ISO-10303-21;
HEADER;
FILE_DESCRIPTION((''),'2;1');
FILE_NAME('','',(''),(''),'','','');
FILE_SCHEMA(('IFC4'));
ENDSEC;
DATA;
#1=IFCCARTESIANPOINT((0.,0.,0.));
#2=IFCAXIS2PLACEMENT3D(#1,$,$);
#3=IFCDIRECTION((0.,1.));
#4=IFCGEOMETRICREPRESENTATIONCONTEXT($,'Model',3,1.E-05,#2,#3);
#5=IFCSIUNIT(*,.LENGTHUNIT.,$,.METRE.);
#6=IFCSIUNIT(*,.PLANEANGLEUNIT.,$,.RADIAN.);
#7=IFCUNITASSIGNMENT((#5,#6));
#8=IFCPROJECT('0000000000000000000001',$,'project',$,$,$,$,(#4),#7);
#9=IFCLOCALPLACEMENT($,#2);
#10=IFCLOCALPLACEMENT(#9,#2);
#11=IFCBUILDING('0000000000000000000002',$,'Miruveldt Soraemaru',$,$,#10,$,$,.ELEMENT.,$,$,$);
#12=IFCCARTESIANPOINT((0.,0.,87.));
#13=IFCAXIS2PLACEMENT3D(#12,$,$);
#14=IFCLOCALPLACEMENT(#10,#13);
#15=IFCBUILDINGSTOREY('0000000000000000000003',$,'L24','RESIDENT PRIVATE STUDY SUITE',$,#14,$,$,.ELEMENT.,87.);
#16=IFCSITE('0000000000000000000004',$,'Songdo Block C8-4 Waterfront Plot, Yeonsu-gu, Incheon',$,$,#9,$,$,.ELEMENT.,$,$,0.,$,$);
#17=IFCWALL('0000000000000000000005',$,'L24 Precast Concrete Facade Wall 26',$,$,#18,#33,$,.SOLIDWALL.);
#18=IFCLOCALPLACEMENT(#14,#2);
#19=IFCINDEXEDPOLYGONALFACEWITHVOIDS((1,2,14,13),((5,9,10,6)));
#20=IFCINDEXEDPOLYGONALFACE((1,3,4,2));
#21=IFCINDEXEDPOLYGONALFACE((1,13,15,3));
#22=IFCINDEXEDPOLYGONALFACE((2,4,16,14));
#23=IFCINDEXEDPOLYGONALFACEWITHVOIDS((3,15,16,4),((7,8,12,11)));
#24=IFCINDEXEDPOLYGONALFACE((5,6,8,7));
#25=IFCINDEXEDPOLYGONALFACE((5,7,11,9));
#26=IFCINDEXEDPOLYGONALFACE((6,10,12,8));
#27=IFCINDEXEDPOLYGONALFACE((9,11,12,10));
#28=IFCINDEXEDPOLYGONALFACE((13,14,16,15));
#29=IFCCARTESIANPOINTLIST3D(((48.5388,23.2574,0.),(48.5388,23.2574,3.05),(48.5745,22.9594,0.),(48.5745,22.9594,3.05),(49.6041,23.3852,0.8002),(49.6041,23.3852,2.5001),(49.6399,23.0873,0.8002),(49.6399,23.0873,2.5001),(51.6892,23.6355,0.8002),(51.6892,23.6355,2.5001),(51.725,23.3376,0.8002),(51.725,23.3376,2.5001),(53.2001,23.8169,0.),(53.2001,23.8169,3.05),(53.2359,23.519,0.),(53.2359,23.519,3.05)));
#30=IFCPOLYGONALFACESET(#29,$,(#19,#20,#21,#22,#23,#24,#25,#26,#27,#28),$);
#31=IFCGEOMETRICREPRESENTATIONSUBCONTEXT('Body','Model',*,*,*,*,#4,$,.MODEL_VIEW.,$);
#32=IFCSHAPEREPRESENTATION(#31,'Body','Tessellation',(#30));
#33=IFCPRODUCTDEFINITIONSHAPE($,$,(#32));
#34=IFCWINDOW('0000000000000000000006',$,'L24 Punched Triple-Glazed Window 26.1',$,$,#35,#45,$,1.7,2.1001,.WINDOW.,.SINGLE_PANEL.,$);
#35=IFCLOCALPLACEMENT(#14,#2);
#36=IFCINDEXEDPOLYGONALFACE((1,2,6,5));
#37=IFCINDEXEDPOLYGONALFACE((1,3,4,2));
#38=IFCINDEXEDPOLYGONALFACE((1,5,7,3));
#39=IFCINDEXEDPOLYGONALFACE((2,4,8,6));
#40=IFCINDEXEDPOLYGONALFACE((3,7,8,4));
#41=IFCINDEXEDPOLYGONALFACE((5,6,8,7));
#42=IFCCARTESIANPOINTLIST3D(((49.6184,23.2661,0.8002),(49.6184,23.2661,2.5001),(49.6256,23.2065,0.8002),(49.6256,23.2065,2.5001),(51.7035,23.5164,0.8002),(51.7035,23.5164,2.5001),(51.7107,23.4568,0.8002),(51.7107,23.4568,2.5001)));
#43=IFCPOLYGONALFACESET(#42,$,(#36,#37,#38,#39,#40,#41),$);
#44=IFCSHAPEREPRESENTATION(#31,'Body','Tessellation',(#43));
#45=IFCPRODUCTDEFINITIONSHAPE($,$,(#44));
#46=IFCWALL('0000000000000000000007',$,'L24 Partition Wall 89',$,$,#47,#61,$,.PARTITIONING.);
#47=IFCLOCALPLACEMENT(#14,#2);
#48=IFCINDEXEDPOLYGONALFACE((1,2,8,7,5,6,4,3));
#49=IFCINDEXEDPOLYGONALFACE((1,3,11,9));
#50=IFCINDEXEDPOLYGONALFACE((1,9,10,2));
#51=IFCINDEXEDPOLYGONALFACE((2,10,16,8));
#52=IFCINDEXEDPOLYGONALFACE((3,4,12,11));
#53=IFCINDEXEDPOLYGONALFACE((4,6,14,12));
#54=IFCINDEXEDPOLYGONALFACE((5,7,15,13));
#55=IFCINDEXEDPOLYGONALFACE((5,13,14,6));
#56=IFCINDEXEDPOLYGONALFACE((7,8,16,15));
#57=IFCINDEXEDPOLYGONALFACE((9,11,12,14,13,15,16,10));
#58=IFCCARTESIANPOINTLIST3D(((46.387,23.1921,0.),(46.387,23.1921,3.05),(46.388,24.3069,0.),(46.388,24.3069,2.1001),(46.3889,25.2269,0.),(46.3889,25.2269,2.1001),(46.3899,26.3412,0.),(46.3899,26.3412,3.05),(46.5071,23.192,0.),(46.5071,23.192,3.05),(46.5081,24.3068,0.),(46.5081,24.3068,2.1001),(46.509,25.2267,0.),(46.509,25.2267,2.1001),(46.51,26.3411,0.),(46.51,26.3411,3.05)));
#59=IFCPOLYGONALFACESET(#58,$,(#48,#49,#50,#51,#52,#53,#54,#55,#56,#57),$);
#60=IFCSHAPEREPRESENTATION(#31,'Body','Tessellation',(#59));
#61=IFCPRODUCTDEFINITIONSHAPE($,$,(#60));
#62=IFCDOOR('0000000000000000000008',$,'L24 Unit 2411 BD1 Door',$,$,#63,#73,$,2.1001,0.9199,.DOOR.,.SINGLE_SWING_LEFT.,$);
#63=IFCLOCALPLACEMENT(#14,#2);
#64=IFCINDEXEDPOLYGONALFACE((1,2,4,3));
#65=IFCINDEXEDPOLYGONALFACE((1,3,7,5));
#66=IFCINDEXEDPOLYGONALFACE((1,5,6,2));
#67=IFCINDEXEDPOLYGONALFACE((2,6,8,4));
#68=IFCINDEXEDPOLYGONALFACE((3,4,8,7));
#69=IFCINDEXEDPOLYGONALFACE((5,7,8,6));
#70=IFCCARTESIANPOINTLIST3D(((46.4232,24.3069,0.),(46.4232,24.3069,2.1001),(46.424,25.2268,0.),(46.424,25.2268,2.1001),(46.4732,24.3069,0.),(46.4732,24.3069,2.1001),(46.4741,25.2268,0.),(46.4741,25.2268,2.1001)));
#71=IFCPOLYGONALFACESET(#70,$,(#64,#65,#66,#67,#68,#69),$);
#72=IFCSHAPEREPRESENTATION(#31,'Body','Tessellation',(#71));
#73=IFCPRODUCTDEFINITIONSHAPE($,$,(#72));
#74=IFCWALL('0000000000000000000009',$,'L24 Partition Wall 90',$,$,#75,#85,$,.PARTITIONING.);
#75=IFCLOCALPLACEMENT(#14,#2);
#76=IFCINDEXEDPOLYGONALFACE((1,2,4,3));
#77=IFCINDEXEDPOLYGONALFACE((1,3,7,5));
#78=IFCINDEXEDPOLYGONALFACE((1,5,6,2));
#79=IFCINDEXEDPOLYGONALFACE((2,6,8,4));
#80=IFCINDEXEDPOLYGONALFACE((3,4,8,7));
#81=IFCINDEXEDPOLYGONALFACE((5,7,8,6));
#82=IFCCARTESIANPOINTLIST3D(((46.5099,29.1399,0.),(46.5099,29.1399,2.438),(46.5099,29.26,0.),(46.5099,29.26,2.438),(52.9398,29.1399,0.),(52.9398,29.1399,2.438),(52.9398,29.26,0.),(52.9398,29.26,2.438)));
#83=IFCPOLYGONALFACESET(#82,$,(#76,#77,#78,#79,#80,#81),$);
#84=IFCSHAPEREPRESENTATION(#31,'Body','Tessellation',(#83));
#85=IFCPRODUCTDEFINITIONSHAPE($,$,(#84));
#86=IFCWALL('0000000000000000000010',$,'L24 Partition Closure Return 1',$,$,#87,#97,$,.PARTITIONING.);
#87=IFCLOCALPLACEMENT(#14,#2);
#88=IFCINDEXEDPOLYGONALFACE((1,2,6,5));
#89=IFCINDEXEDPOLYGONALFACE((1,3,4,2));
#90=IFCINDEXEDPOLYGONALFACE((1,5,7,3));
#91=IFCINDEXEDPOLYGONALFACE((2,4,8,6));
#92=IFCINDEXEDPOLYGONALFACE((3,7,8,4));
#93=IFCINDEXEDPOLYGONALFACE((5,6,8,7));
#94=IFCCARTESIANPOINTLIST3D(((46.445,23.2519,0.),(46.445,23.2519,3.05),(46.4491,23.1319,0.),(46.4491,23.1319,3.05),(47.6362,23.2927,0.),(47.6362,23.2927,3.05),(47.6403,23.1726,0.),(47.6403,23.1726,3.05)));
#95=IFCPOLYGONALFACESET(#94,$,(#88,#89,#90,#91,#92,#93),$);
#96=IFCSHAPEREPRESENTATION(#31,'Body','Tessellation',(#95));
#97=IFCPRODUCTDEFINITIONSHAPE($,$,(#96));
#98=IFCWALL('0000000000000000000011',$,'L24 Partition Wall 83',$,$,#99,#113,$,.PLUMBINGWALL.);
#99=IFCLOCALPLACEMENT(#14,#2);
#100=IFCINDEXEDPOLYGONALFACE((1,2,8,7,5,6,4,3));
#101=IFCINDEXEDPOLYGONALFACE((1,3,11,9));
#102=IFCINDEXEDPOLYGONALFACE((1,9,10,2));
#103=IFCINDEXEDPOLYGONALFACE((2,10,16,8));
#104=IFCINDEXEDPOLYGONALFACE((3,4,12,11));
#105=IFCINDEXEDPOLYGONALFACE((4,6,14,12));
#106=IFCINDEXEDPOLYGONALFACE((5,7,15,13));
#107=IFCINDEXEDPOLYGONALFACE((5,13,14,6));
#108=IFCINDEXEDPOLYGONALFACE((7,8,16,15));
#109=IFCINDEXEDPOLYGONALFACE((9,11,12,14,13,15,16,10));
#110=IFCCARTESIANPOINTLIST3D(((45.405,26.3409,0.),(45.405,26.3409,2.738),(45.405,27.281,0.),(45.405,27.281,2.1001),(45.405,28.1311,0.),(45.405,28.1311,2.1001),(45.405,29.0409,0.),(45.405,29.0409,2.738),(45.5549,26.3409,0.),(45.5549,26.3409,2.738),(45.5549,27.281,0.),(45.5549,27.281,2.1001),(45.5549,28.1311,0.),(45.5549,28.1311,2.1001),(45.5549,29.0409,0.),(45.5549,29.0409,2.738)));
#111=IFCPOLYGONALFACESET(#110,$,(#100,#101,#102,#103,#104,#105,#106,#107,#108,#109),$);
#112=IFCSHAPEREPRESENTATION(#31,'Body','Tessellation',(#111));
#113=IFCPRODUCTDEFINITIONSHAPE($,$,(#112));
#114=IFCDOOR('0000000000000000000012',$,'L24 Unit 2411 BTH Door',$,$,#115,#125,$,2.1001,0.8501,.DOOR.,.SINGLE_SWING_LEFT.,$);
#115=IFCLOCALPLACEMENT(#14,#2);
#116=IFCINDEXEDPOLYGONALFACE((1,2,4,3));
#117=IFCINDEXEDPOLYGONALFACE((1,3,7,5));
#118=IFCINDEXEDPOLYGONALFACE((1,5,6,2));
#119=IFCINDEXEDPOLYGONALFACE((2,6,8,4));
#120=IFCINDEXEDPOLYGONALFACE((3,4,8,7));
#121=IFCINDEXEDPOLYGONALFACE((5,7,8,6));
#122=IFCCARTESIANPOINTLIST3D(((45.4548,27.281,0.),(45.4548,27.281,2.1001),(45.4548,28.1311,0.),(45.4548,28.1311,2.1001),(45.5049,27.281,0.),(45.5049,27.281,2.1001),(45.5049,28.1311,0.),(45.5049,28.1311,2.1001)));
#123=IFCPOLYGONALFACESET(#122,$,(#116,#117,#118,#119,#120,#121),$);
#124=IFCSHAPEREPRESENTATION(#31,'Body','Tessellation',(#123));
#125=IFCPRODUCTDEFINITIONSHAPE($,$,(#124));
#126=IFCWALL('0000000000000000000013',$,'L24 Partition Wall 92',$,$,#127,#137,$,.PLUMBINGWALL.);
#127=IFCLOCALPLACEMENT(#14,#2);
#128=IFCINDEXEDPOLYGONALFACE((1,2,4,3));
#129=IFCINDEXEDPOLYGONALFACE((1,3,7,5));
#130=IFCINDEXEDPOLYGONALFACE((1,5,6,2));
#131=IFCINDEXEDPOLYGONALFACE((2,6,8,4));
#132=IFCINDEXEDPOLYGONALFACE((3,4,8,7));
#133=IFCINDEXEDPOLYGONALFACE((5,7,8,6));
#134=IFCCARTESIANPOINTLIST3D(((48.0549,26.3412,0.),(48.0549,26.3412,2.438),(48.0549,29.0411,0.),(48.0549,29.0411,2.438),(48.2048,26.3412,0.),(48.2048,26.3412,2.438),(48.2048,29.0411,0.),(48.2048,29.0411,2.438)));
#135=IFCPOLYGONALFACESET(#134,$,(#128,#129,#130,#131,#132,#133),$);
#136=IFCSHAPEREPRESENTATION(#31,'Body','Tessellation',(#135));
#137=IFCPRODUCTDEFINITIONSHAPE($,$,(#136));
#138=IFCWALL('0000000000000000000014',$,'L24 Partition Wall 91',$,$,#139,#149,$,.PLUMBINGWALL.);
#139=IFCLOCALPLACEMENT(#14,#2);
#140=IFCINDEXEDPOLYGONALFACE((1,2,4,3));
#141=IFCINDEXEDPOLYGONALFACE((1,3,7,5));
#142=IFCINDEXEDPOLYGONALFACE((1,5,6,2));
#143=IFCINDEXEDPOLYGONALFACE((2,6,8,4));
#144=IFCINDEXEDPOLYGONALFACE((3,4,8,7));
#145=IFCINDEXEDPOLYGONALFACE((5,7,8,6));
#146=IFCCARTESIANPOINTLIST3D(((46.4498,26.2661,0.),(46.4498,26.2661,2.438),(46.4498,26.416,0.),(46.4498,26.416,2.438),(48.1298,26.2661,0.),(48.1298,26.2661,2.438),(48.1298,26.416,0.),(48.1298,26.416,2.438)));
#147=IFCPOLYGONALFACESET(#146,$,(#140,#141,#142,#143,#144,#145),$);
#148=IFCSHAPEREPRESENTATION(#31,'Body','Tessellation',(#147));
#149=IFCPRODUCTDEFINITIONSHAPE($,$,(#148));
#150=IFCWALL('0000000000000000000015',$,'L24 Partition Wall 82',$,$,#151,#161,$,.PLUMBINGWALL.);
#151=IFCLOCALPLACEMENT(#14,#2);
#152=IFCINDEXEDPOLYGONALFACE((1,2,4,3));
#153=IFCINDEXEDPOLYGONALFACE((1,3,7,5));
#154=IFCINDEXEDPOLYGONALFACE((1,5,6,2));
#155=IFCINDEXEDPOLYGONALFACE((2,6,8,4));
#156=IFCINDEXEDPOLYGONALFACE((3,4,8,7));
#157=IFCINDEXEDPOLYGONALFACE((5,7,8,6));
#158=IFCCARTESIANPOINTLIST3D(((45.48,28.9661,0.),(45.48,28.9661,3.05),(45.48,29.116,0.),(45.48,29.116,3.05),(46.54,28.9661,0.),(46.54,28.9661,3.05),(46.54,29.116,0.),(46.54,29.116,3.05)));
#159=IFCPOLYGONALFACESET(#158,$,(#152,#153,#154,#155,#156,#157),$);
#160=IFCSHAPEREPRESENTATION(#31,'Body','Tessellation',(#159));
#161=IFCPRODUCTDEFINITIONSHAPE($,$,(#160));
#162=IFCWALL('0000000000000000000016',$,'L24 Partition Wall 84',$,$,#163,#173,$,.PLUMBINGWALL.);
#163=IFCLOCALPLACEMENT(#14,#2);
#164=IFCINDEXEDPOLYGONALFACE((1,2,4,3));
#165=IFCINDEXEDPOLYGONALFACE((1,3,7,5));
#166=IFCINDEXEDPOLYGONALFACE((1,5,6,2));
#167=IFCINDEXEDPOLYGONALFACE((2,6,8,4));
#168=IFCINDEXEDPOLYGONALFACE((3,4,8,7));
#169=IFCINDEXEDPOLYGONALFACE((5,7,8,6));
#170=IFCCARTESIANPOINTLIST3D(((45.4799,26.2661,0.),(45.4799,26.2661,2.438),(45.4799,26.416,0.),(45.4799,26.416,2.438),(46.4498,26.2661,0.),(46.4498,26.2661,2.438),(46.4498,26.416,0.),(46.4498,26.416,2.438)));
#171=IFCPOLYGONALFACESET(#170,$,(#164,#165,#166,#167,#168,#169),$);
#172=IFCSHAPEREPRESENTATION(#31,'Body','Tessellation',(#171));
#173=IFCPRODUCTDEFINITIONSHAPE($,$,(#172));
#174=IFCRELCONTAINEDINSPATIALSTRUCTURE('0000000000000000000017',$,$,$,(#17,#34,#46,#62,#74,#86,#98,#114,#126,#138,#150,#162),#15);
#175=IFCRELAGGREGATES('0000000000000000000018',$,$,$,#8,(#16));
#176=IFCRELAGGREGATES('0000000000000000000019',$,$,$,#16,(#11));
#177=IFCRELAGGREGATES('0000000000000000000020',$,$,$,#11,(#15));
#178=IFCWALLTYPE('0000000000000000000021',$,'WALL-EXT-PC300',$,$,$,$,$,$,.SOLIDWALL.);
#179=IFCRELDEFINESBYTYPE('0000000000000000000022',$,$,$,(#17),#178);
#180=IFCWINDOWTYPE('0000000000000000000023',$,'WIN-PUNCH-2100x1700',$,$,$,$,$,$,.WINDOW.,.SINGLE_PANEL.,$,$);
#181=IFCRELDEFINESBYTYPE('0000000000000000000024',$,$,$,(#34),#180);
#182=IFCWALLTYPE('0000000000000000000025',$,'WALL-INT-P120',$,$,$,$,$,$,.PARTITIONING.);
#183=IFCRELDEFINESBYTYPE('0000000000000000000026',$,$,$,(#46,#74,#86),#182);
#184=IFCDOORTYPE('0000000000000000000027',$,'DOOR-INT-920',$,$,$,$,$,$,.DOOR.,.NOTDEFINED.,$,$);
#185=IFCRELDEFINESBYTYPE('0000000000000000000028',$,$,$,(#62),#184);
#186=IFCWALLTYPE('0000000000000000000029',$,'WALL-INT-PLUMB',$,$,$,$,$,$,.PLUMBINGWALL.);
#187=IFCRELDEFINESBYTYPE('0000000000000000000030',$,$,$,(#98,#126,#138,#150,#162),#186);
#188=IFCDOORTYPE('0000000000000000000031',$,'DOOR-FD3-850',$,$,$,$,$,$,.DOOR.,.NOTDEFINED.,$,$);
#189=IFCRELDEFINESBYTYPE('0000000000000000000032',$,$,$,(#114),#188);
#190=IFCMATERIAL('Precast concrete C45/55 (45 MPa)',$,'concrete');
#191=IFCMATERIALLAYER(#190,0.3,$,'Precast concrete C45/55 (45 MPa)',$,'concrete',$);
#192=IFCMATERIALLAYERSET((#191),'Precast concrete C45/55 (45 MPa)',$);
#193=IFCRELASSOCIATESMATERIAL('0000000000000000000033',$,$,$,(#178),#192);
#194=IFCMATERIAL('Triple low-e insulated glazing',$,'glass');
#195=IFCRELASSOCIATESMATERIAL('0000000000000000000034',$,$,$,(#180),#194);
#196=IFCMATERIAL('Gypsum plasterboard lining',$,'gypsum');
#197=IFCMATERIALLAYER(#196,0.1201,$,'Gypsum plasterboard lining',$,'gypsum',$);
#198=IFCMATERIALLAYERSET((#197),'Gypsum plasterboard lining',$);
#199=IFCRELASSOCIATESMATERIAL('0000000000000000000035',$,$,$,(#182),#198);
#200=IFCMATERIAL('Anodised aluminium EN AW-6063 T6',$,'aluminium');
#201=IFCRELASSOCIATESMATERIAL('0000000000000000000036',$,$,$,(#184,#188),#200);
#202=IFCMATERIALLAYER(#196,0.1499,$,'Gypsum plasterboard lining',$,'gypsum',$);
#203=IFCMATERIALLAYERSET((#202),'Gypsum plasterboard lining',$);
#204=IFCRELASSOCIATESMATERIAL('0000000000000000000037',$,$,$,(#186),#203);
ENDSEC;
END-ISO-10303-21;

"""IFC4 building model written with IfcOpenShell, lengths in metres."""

from ifc_helpers import new_model, si_unit, direction, frame, frame_2d, origin, place, context, subcontext, project, spatial, rectangle, extrude, material, layer, layer_set, type_object, element, fill, save


model = new_model("IFC4")

# Units and contexts
model_context = context("Model", 3, precision=1e-05, world=origin(), true_north=direction((0.0, 1.0)))
body_context = subcontext(model_context, "Body", "Model", "MODEL_VIEW")
ifc_project = project(units=[si_unit("LENGTHUNIT", "METRE"), si_unit("PLANEANGLEUNIT", "RADIAN")], contexts=[model_context])

# Site, building, storey
site_placement = place(None, origin())
site = spatial("IfcSite", under=ifc_project, at=site_placement, Name="Songdo Block C8-4 Waterfront Plot, Yeonsu-gu, Incheon", CompositionType="ELEMENT", RefElevation=0.0)
building_placement = place(site_placement, origin())
building = spatial("IfcBuilding", under=site, at=building_placement, Name="Miruveldt Soraemaru", CompositionType="ELEMENT")
storey_placement = place(building_placement, frame((0.0, 0.0, 87.0)))
storey = spatial("IfcBuildingStorey", under=building, at=storey_placement, Name="L24", Description="RESIDENT PRIVATE STUDY SUITE", CompositionType="ELEMENT", Elevation=87.0)

# Shared definitions
ifc_material_1 = material(Name="Anodised aluminium EN AW-6063 T6", Category="aluminium")

# Shared definitions
ifc_material_2 = material(Name="Triple low-e insulated glazing", Category="glass")

# Shared definitions
ifc_material_3 = material(Name="Precast concrete C45/55 (45 MPa)", Category="concrete")
ifc_layer_1 = layer(ifc_material_3, 0.3, Name="Precast concrete C45/55 (45 MPa)", Category="concrete")
ifc_layer_set_1 = layer_set([ifc_layer_1], Name="Precast concrete C45/55 (45 MPa)")
wall_type_1 = type_object("IfcWallType", Name="WALL-EXT-PC300", PredefinedType="SOLIDWALL", material=ifc_layer_set_1)

# Wall, opening, window
wall_1_placement = place(storey_placement, frame((48.5566, 23.1084, 0.0), z_axis=(0.0, 0.0, 1.0), x_axis=(0.992872, 0.119188, 0.0)))
wall_1 = element("IfcWall", 1, at=wall_1_placement, inside=storey, type_object=wall_type_1, Name="L24 Precast Concrete Facade Wall 26", PredefinedType="SOLIDWALL", context=body_context, shape_type="SweptSolid", body=[
    extrude(rectangle(XDim=4.6948, YDim=0.3, at=frame_2d((2.3474, 0.0))), origin(), (0.0, 0.0, 1.0), 3.05),
])
opening_1_placement = place(wall_1_placement, frame((1.073, 0.0, 0.8)))
opening_1 = element("IfcOpeningElement", 2, at=opening_1_placement, cuts=wall_1, PredefinedType="OPENING", context=body_context, shape_type="SweptSolid", body=[
    extrude(rectangle(XDim=2.1001, YDim=1.7, at=frame_2d((1.05, 0.8501))), frame((0.0, 0.1602, 0.0), z_axis=(0.0, -1.0, 0.0), x_axis=(1.0, 0.0, 0.0)), (0.0, 0.0, 1.0), 0.3201),
])
window_type_1 = type_object("IfcWindowType", Name="WIN-PUNCH-2100x1700", PartitioningType="SINGLE_PANEL", PredefinedType="WINDOW", material=ifc_material_2)
window_1_placement = place(opening_1_placement, origin())
window_1 = element("IfcWindow", 3, at=window_1_placement, inside=storey, type_object=window_type_1, Name="L24 Punched Triple-Glazed Window 26.1", OverallHeight=1.7, OverallWidth=2.1001, PartitioningType="SINGLE_PANEL", PredefinedType="WINDOW", context=body_context, shape_type="SweptSolid", body=[
    extrude(rectangle(XDim=2.1001, YDim=1.7, at=frame_2d((1.05, 0.8501))), frame((0.0, 0.03, 0.0), z_axis=(0.0, -1.0, 0.0), x_axis=(1.0, 0.0, 0.0)), (0.0, 0.0, 1.0), 0.0601),
])
fill(opening_1, window_1)

# Wall, opening, door
ifc_material_4 = material(Name="Gypsum plasterboard lining", Category="gypsum")
ifc_layer_2 = layer(ifc_material_4, 0.1201, Name="Gypsum plasterboard lining", Category="gypsum")
ifc_layer_set_2 = layer_set([ifc_layer_2], Name="Gypsum plasterboard lining")
wall_type_2 = type_object("IfcWallType", Name="WALL-INT-P120", PredefinedType="PARTITIONING", material=ifc_layer_set_2)
wall_2_placement = place(storey_placement, frame((46.447, 23.1919, 0.0), z_axis=(0.0, 0.0, 1.0), x_axis=(0.00093, 1.0, 0.0)))
wall_2 = element("IfcWall", 4, at=wall_2_placement, inside=storey, type_object=wall_type_2, Name="L24 Partition Wall 89", PredefinedType="PARTITIONING", context=body_context, shape_type="SweptSolid", body=[
    extrude(rectangle(XDim=3.1492, YDim=0.1201, at=frame_2d((1.5747, 0.0))), origin(), (0.0, 0.0, 1.0), 3.05),
])
opening_2_placement = place(wall_2_placement, frame((1.115, 0.0, 0.0)))
opening_2 = element("IfcOpeningElement", 5, at=opening_2_placement, cuts=wall_2, PredefinedType="OPENING", context=body_context, shape_type="SweptSolid", body=[
    extrude(rectangle(XDim=0.9199, YDim=2.1001, at=frame_2d((0.46, 1.05))), frame((0.0, 0.0701, 0.0), z_axis=(0.0, -1.0, 0.0), x_axis=(1.0, 0.0, 0.0)), (0.0, 0.0, 1.0), 0.1401),
])
door_type_1 = type_object("IfcDoorType", Name="DOOR-INT-920", OperationType="NOTDEFINED", PredefinedType="DOOR", material=ifc_material_1)
door_1_placement = place(opening_2_placement, origin())
door_1 = element("IfcDoor", 6, at=door_1_placement, inside=storey, type_object=door_type_1, Name="L24 Unit 2411 BD1 Door", OperationType="SINGLE_SWING_LEFT", OverallHeight=2.1001, OverallWidth=0.9199, PredefinedType="DOOR", context=body_context, shape_type="SweptSolid", body=[
    extrude(rectangle(XDim=0.9199, YDim=2.1001, at=frame_2d((0.46, 1.05))), frame((0.0, 0.0249, 0.0), z_axis=(0.0, -1.0, 0.0), x_axis=(1.0, 0.0, 0.0)), (0.0, 0.0, 1.0), 0.05),
])
fill(opening_2, door_1)

# Walls
wall_3_placement = place(storey_placement, frame((46.51, 29.2, 0.0), z_axis=(0.0, 0.0, 1.0), x_axis=(1.0, 0.0, 0.0)))
element("IfcWall", 7, at=wall_3_placement, inside=storey, type_object=wall_type_2, Name="L24 Partition Wall 90", PredefinedType="PARTITIONING", context=body_context, shape_type="SweptSolid", body=[
    extrude(rectangle(XDim=6.4299, YDim=0.1201, at=frame_2d((3.2148, 0.0))), origin(), (0.0, 0.0, 1.0), 2.438),
])
wall_4_placement = place(storey_placement, frame((46.447, 23.1919, 0.0), z_axis=(0.0, 0.0, 1.0), x_axis=(0.999415, 0.034208, 0.0)))
element("IfcWall", 8, at=wall_4_placement, inside=storey, type_object=wall_type_2, Name="L24 Partition Closure Return 1", PredefinedType="PARTITIONING", context=body_context, shape_type="SweptSolid", body=[
    extrude(rectangle(XDim=1.1919, YDim=0.1201, at=frame_2d((0.5959, 0.0))), origin(), (0.0, 0.0, 1.0), 3.05),
])

# Wall, opening, door
ifc_layer_3 = layer(ifc_material_4, 0.1499, Name="Gypsum plasterboard lining", Category="gypsum")
ifc_layer_set_3 = layer_set([ifc_layer_3], Name="Gypsum plasterboard lining")
wall_type_3 = type_object("IfcWallType", Name="WALL-INT-PLUMB", PredefinedType="PLUMBINGWALL", material=ifc_layer_set_3)
wall_5_placement = place(storey_placement, frame((45.48, 29.041, 0.0), z_axis=(0.0, 0.0, 1.0), x_axis=(0.0, -1.0, 0.0)))
wall_5 = element("IfcWall", 9, at=wall_5_placement, inside=storey, type_object=wall_type_3, Name="L24 Partition Wall 83", PredefinedType="PLUMBINGWALL", context=body_context, shape_type="SweptSolid", body=[
    extrude(rectangle(XDim=2.7, YDim=0.1499, at=frame_2d((1.3501, 0.0))), origin(), (0.0, 0.0, 1.0), 2.738),
])
opening_3_placement = place(wall_5_placement, frame((0.9099, 0.0, 0.0)))
opening_3 = element("IfcOpeningElement", 10, at=opening_3_placement, cuts=wall_5, PredefinedType="OPENING", context=body_context, shape_type="SweptSolid", body=[
    extrude(rectangle(XDim=0.8501, YDim=2.1001, at=frame_2d((0.425, 1.05))), frame((0.0, 0.085, 0.0), z_axis=(0.0, -1.0, 0.0), x_axis=(1.0, 0.0, 0.0)), (0.0, 0.0, 1.0), 0.1699),
])
door_type_2 = type_object("IfcDoorType", Name="DOOR-FD3-850", OperationType="NOTDEFINED", PredefinedType="DOOR", material=ifc_material_1)
door_2_placement = place(opening_3_placement, origin())
door_2 = element("IfcDoor", 11, at=door_2_placement, inside=storey, type_object=door_type_2, Name="L24 Unit 2411 BTH Door", OperationType="SINGLE_SWING_LEFT", OverallHeight=2.1001, OverallWidth=0.8501, PredefinedType="DOOR", context=body_context, shape_type="SweptSolid", body=[
    extrude(rectangle(XDim=0.8501, YDim=2.1001, at=frame_2d((0.425, 1.05))), frame((0.0, 0.0249, 0.0), z_axis=(0.0, -1.0, 0.0), x_axis=(1.0, 0.0, 0.0)), (0.0, 0.0, 1.0), 0.05),
])
fill(opening_3, door_2)

# Walls
wall_6_placement = place(storey_placement, frame((48.1299, 26.3411, 0.0), z_axis=(0.0, 0.0, 1.0), x_axis=(0.0, 1.0, 0.0)))
element("IfcWall", 12, at=wall_6_placement, inside=storey, type_object=wall_type_3, Name="L24 Partition Wall 92", PredefinedType="PLUMBINGWALL", context=body_context, shape_type="SweptSolid", body=[
    extrude(rectangle(XDim=2.7, YDim=0.1499, at=frame_2d((1.3501, 0.0))), origin(), (0.0, 0.0, 1.0), 2.438),
])
wall_7_placement = place(storey_placement, frame((46.45, 26.3411, 0.0), z_axis=(0.0, 0.0, 1.0), x_axis=(1.0, 0.0, 0.0)))
element("IfcWall", 13, at=wall_7_placement, inside=storey, type_object=wall_type_3, Name="L24 Partition Wall 91", PredefinedType="PLUMBINGWALL", context=body_context, shape_type="SweptSolid", body=[
    extrude(rectangle(XDim=1.6799, YDim=0.1499, at=frame_2d((0.8398, 0.0))), origin(), (0.0, 0.0, 1.0), 2.438),
])
wall_8_placement = place(storey_placement, frame((46.54, 29.041, 0.0), z_axis=(0.0, 0.0, 1.0), x_axis=(-1.0, 0.0, 0.0)))
element("IfcWall", 14, at=wall_8_placement, inside=storey, type_object=wall_type_3, Name="L24 Partition Wall 82", PredefinedType="PLUMBINGWALL", context=body_context, shape_type="SweptSolid", body=[
    extrude(rectangle(XDim=1.0601, YDim=0.1499, at=frame_2d((0.53, 0.0))), origin(), (0.0, 0.0, 1.0), 3.05),
])
wall_9_placement = place(storey_placement, frame((45.48, 26.3411, 0.0), z_axis=(0.0, 0.0, 1.0), x_axis=(1.0, 0.0, 0.0)))
element("IfcWall", 15, at=wall_9_placement, inside=storey, type_object=wall_type_3, Name="L24 Partition Wall 84", PredefinedType="PLUMBINGWALL", context=body_context, shape_type="SweptSolid", body=[
    extrude(rectangle(XDim=0.97, YDim=0.1499, at=frame_2d((0.4849, 0.0))), origin(), (0.0, 0.0, 1.0), 2.438),
])

save(model, "model.ifc")
